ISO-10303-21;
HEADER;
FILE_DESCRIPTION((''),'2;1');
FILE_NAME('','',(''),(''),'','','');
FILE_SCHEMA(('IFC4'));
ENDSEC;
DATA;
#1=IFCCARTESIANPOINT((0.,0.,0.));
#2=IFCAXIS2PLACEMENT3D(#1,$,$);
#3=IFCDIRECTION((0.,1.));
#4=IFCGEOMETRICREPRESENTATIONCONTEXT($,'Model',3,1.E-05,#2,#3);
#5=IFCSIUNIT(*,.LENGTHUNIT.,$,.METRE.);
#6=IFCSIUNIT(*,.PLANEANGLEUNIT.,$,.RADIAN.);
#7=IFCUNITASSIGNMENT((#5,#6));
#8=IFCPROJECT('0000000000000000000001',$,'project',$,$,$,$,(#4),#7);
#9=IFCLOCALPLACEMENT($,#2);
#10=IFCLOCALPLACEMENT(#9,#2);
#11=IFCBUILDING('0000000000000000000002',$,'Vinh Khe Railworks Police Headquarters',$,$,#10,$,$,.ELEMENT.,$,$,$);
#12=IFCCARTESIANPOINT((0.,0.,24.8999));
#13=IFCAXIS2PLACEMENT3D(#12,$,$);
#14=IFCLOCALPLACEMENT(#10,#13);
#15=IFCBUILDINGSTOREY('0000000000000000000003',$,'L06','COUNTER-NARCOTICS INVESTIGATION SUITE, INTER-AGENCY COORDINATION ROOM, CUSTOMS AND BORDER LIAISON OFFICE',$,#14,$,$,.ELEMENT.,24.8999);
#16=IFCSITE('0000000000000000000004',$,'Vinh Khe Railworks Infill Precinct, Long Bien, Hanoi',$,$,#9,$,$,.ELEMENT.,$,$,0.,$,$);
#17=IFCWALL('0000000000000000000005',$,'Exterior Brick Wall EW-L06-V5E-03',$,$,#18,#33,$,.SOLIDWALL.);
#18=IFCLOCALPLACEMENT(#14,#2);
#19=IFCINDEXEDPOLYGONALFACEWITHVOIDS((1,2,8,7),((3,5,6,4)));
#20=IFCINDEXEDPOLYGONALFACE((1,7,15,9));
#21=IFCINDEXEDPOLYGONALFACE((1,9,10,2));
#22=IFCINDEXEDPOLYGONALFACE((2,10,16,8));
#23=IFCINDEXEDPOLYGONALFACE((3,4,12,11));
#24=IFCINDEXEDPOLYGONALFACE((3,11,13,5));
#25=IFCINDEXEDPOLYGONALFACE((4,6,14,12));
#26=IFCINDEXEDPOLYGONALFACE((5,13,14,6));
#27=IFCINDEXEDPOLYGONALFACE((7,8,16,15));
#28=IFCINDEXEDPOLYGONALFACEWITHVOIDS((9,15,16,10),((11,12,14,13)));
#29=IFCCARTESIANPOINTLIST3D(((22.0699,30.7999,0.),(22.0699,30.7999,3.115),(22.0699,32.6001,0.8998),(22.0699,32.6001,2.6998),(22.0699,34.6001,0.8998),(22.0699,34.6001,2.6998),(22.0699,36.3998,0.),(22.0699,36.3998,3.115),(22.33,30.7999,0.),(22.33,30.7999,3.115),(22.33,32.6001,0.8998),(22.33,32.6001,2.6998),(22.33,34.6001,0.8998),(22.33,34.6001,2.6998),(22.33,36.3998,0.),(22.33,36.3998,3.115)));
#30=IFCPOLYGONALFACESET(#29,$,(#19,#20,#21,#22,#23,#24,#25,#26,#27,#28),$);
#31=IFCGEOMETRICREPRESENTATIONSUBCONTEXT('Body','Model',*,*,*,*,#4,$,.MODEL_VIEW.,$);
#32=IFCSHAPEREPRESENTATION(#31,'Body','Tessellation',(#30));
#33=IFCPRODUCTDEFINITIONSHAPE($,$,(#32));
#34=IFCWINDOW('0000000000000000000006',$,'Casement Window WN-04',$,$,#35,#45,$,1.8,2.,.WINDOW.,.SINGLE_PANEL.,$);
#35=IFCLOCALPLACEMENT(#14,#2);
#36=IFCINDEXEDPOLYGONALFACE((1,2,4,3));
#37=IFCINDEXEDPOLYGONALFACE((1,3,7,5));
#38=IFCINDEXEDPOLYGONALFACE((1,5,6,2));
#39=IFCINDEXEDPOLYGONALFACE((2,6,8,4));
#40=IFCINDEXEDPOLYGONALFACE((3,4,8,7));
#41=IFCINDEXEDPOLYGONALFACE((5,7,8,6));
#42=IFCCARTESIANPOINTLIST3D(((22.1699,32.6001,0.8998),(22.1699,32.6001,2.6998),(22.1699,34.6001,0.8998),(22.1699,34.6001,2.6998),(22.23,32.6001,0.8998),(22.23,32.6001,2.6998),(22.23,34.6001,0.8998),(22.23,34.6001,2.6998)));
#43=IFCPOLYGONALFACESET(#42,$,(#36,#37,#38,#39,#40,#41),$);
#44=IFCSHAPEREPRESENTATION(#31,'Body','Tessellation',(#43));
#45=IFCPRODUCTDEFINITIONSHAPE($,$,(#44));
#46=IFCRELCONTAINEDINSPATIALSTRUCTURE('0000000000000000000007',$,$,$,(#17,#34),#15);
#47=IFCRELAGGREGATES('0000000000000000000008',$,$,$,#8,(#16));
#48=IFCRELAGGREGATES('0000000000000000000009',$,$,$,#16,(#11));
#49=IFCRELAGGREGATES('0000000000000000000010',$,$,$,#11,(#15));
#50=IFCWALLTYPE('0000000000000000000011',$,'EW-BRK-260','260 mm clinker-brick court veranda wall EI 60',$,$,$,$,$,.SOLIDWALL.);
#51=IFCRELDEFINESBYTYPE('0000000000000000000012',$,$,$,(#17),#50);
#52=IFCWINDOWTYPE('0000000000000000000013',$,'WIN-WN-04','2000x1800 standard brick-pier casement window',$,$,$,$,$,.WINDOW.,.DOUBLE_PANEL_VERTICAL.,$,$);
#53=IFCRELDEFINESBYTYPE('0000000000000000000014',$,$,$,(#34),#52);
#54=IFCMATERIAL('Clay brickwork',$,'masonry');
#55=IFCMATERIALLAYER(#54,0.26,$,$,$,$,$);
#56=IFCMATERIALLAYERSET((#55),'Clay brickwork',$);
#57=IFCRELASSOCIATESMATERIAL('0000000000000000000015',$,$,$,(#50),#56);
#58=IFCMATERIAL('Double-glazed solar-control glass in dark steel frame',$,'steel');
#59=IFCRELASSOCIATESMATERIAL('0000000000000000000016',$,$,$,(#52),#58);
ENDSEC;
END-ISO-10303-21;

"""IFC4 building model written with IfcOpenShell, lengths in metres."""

from ifc_helpers import new_model, si_unit, direction, frame, frame_2d, origin, place, context, subcontext, project, spatial, rectangle, extrude, material, layer, layer_set, type_object, element, fill, save


model = new_model("IFC4")

# Units and contexts
model_context = context("Model", 3, precision=1e-05, world=origin(), true_north=direction((0.0, 1.0)))
body_context = subcontext(model_context, "Body", "Model", "MODEL_VIEW")
ifc_project = project(units=[si_unit("LENGTHUNIT", "METRE"), si_unit("PLANEANGLEUNIT", "RADIAN")], contexts=[model_context])

# Site, building, storey
site_placement = place(None, origin())
site = spatial("IfcSite", under=ifc_project, at=site_placement, Name="Vinh Khe Railworks Infill Precinct, Long Bien, Hanoi", CompositionType="ELEMENT", RefElevation=0.0)
building_placement = place(site_placement, origin())
building = spatial("IfcBuilding", under=site, at=building_placement, Name="Vinh Khe Railworks Police Headquarters", CompositionType="ELEMENT")
storey_placement = place(building_placement, frame((0.0, 0.0, 24.8999)))
storey = spatial("IfcBuildingStorey", under=building, at=storey_placement, Name="L06", Description="COUNTER-NARCOTICS INVESTIGATION SUITE, INTER-AGENCY COORDINATION ROOM, CUSTOMS AND BORDER LIAISON OFFICE", CompositionType="ELEMENT", Elevation=24.8999)

# Wall, opening, window
ifc_material_1 = material(Name="Clay brickwork", Category="masonry")
ifc_layer = layer(ifc_material_1, 0.26)
ifc_layer_set = layer_set([ifc_layer], Name="Clay brickwork")
wall_type = type_object("IfcWallType", Name="EW-BRK-260", Description="260 mm clinker-brick court veranda wall EI 60", PredefinedType="SOLIDWALL", material=ifc_layer_set)
ifc_material_2 = material(Name="Double-glazed solar-control glass in dark steel frame", Category="steel")
window_type = type_object("IfcWindowType", Name="WIN-WN-04", Description="2000x1800 standard brick-pier casement window", PartitioningType="DOUBLE_PANEL_VERTICAL", PredefinedType="WINDOW", material=ifc_material_2)
wall_1_placement = place(storey_placement, frame((22.2, 30.8, 0.0), z_axis=(0.0, 0.0, 1.0), x_axis=(0.0, 1.0, 0.0)))
wall_1 = element("IfcWall", 1, at=wall_1_placement, inside=storey, type_object=wall_type, Name="Exterior Brick Wall EW-L06-V5E-03", PredefinedType="SOLIDWALL", context=body_context, shape_type="SweptSolid", body=[
    extrude(rectangle(XDim=5.5999, YDim=0.26, at=frame_2d((2.7998, 0.0))), origin(), (0.0, 0.0, 1.0), 3.115),
])
opening_1_placement = place(wall_1_placement, frame((1.8, 0.0, 0.8999)))
opening_1 = element("IfcOpeningElement", 2, at=opening_1_placement, cuts=wall_1, PredefinedType="OPENING", context=body_context, shape_type="SweptSolid", body=[
    extrude(rectangle(XDim=2.0, YDim=1.8, at=frame_2d((1.0, 0.8999))), frame((0.0, 0.145, 0.0), z_axis=(0.0, -1.0, 0.0), x_axis=(1.0, 0.0, 0.0)), (0.0, 0.0, 1.0), 0.2898),
])
window_1_placement = place(opening_1_placement, origin())
window_1 = element("IfcWindow", 3, at=window_1_placement, inside=storey, type_object=window_type, Name="Casement Window WN-04", OverallHeight=1.8, OverallWidth=2.0, PartitioningType="SINGLE_PANEL", PredefinedType="WINDOW", context=body_context, shape_type="SweptSolid", body=[
    extrude(rectangle(XDim=2.0, YDim=1.8, at=frame_2d((1.0, 0.8999))), frame((0.0, 0.03, 0.0), z_axis=(0.0, -1.0, 0.0), x_axis=(1.0, 0.0, 0.0)), (0.0, 0.0, 1.0), 0.0601),
])
fill(opening_1, window_1)

save(model, "model.ifc")
